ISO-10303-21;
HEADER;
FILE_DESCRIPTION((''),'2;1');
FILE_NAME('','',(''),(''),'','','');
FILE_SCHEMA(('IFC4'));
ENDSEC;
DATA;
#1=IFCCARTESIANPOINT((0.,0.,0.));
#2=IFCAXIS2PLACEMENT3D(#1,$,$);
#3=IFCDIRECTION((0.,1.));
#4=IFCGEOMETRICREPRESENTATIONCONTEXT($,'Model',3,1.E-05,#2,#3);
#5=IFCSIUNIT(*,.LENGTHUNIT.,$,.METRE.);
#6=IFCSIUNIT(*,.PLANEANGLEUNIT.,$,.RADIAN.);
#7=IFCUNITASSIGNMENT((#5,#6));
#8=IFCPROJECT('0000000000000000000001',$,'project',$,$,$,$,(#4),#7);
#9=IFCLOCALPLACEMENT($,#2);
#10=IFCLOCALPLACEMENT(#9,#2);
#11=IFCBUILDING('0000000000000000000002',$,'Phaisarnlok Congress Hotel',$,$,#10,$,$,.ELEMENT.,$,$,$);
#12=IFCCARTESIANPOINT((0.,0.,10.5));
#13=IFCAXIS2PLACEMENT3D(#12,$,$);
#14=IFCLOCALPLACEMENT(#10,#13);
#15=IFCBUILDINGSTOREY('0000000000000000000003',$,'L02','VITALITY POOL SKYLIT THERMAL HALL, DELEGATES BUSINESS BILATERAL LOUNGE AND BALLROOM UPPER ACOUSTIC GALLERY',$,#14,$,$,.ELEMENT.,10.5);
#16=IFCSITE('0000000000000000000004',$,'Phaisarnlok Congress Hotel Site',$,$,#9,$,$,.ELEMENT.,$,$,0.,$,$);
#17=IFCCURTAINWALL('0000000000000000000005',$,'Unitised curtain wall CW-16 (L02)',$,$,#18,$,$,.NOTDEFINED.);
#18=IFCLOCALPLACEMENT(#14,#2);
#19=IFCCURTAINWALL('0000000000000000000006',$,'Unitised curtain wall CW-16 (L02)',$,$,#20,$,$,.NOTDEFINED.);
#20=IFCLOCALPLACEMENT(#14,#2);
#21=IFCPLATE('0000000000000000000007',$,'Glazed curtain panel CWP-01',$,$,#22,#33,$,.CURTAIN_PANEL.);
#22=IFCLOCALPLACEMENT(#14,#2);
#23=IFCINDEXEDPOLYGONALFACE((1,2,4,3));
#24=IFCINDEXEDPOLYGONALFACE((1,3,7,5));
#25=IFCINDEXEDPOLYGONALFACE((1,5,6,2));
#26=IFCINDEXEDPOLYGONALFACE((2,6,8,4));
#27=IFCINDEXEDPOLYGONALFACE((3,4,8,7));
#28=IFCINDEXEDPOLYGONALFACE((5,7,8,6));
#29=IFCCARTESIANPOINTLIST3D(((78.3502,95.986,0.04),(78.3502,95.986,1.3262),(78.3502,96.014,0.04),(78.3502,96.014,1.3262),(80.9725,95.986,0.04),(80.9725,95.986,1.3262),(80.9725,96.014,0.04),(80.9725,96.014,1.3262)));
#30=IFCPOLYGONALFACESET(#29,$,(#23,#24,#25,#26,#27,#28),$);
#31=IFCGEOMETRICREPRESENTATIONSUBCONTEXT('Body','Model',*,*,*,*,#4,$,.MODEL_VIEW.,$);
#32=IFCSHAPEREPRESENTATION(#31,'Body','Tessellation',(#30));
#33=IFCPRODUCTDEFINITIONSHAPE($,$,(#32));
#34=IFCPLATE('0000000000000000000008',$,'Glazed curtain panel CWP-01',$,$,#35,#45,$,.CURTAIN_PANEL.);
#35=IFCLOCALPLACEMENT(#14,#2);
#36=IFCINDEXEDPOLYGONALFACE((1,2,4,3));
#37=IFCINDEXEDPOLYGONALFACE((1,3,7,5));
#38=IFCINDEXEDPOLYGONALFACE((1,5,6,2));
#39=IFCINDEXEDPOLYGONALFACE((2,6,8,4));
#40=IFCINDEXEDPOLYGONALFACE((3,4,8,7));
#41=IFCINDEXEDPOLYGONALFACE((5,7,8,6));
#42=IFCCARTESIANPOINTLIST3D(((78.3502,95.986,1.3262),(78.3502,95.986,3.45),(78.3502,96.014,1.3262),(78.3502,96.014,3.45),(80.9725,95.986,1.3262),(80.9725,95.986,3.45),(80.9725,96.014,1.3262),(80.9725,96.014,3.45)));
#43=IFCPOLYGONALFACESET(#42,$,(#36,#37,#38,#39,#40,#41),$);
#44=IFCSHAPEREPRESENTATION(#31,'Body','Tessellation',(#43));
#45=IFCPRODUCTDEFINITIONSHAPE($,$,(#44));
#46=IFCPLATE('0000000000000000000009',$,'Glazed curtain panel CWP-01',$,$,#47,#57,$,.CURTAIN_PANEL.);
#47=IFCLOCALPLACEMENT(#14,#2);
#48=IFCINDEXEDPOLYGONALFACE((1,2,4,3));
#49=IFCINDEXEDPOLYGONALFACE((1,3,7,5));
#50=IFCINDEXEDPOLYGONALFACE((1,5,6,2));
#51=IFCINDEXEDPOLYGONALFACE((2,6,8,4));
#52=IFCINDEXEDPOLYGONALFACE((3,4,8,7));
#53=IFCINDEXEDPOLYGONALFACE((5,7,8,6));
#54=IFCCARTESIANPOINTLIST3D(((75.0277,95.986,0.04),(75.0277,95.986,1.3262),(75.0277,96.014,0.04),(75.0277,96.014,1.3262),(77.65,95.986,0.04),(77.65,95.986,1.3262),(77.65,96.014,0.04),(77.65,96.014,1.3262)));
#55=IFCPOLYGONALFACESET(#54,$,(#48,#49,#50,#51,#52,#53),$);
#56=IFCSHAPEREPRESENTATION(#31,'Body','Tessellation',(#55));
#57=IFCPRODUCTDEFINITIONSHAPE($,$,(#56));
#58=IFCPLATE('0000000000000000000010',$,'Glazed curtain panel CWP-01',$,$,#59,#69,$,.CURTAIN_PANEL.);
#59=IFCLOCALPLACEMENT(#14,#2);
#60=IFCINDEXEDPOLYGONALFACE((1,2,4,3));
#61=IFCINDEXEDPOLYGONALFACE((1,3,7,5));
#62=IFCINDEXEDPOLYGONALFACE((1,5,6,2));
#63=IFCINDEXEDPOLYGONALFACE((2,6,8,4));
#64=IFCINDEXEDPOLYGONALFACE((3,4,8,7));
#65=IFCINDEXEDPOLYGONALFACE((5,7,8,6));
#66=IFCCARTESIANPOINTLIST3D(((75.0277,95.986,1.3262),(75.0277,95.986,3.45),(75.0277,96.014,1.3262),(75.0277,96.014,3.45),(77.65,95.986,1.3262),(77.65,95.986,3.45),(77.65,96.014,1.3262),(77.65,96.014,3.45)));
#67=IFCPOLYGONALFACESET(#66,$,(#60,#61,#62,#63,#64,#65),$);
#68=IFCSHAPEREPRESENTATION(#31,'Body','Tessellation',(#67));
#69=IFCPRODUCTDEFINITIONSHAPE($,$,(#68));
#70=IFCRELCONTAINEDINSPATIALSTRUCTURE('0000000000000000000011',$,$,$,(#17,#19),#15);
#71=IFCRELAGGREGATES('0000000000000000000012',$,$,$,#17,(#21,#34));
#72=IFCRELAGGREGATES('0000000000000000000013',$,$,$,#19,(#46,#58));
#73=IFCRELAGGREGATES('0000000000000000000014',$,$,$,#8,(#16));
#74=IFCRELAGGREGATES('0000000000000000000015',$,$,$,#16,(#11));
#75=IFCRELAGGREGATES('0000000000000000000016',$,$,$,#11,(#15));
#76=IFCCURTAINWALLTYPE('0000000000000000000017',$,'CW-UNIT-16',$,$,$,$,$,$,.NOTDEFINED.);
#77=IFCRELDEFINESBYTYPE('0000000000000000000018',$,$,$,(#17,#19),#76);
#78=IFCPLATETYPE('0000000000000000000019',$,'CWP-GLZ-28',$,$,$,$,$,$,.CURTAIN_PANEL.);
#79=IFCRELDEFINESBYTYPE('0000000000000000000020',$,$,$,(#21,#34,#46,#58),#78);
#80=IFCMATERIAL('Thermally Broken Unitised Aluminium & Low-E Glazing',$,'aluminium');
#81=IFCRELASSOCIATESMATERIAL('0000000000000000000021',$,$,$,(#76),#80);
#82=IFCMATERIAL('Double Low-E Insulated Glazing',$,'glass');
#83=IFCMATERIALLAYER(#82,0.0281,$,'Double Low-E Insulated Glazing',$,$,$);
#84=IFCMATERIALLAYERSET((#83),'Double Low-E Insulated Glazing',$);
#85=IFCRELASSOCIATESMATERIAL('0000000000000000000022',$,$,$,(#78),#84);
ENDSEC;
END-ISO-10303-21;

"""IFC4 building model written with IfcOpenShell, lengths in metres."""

from ifc_helpers import new_model, si_unit, direction, frame, frame_2d, origin, place, context, subcontext, project, spatial, rectangle, extrude, material, layer, layer_set, type_object, element, aggregate, save


model = new_model("IFC4")

# Units and contexts
model_context = context("Model", 3, precision=1e-05, world=origin(), true_north=direction((0.0, 1.0)))
body_context = subcontext(model_context, "Body", "Model", "MODEL_VIEW")
ifc_project = project(units=[si_unit("LENGTHUNIT", "METRE"), si_unit("PLANEANGLEUNIT", "RADIAN")], contexts=[model_context])

# Site, building, storey
site_placement = place(None, origin())
site = spatial("IfcSite", under=ifc_project, at=site_placement, Name="Phaisarnlok Congress Hotel Site", CompositionType="ELEMENT", RefElevation=0.0)
building_placement = place(site_placement, origin())
building = spatial("IfcBuilding", under=site, at=building_placement, Name="Phaisarnlok Congress Hotel", CompositionType="ELEMENT")
storey_placement = place(building_placement, frame((0.0, 0.0, 10.5)))
storey = spatial("IfcBuildingStorey", under=building, at=storey_placement, Name="L02", Description="VITALITY POOL SKYLIT THERMAL HALL, DELEGATES BUSINESS BILATERAL LOUNGE AND BALLROOM UPPER ACOUSTIC GALLERY", CompositionType="ELEMENT", Elevation=10.5)

# Shared definitions
ifc_material_1 = material(Name="Thermally Broken Unitised Aluminium & Low-E Glazing", Category="aluminium")

# Curtain walls
curtain_wall_type_1 = type_object("IfcCurtainWallType", Name="CW-UNIT-16", PredefinedType="NOTDEFINED", material=ifc_material_1)
curtain_wall_1_placement = place(storey_placement, origin())
curtain_wall_1 = element("IfcCurtainWall", 1, at=curtain_wall_1_placement, inside=storey, type_object=curtain_wall_type_1, Name="Unitised curtain wall CW-16 (L02)", PredefinedType="NOTDEFINED")
curtain_wall_2_placement = place(storey_placement, origin())
curtain_wall_2 = element("IfcCurtainWall", 2, at=curtain_wall_2_placement, inside=storey, type_object=curtain_wall_type_1, Name="Unitised curtain wall CW-16 (L02)", PredefinedType="NOTDEFINED")

# Plates
ifc_material_2 = material(Name="Double Low-E Insulated Glazing", Category="glass")
ifc_layer = layer(ifc_material_2, 0.0281, Name="Double Low-E Insulated Glazing")
ifc_layer_set = layer_set([ifc_layer], Name="Double Low-E Insulated Glazing")
plate_type = type_object("IfcPlateType", Name="CWP-GLZ-28", PredefinedType="CURTAIN_PANEL", material=ifc_layer_set)
plate_1_placement = place(storey_placement, frame((80.9724, 96.0, 0.04), z_axis=(0.0, 0.0, 1.0), x_axis=(-1.0, 0.0, 0.0)))
plate_1 = element("IfcPlate", 3, at=plate_1_placement, type_object=plate_type, Name="Glazed curtain panel CWP-01", PredefinedType="CURTAIN_PANEL", context=body_context, shape_type="SweptSolid", body=[
    extrude(rectangle(XDim=2.6223, YDim=0.0281, at=frame_2d((1.311, 0.0))), origin(), (0.0, 0.0, 1.0), 1.2861),
])
plate_2_placement = place(storey_placement, frame((80.9724, 96.0, 1.3262), z_axis=(0.0, 0.0, 1.0), x_axis=(-1.0, 0.0, 0.0)))
plate_2 = element("IfcPlate", 4, at=plate_2_placement, type_object=plate_type, Name="Glazed curtain panel CWP-01", PredefinedType="CURTAIN_PANEL", context=body_context, shape_type="SweptSolid", body=[
    extrude(rectangle(XDim=2.6223, YDim=0.0281, at=frame_2d((1.311, 0.0))), origin(), (0.0, 0.0, 1.0), 2.1238),
])
aggregate(curtain_wall_1, [plate_1, plate_2])
plate_3_placement = place(storey_placement, frame((77.6499, 96.0, 0.04), z_axis=(0.0, 0.0, 1.0), x_axis=(-1.0, 0.0, 0.0)))
plate_3 = element("IfcPlate", 5, at=plate_3_placement, type_object=plate_type, Name="Glazed curtain panel CWP-01", PredefinedType="CURTAIN_PANEL", context=body_context, shape_type="SweptSolid", body=[
    extrude(rectangle(XDim=2.6223, YDim=0.0281, at=frame_2d((1.311, 0.0))), origin(), (0.0, 0.0, 1.0), 1.2861),
])
plate_4_placement = place(storey_placement, frame((77.6499, 96.0, 1.3262), z_axis=(0.0, 0.0, 1.0), x_axis=(-1.0, 0.0, 0.0)))
plate_4 = element("IfcPlate", 6, at=plate_4_placement, type_object=plate_type, Name="Glazed curtain panel CWP-01", PredefinedType="CURTAIN_PANEL", context=body_context, shape_type="SweptSolid", body=[
    extrude(rectangle(XDim=2.6223, YDim=0.0281, at=frame_2d((1.311, 0.0))), origin(), (0.0, 0.0, 1.0), 2.1238),
])
aggregate(curtain_wall_2, [plate_3, plate_4])

save(model, "model.ifc")
